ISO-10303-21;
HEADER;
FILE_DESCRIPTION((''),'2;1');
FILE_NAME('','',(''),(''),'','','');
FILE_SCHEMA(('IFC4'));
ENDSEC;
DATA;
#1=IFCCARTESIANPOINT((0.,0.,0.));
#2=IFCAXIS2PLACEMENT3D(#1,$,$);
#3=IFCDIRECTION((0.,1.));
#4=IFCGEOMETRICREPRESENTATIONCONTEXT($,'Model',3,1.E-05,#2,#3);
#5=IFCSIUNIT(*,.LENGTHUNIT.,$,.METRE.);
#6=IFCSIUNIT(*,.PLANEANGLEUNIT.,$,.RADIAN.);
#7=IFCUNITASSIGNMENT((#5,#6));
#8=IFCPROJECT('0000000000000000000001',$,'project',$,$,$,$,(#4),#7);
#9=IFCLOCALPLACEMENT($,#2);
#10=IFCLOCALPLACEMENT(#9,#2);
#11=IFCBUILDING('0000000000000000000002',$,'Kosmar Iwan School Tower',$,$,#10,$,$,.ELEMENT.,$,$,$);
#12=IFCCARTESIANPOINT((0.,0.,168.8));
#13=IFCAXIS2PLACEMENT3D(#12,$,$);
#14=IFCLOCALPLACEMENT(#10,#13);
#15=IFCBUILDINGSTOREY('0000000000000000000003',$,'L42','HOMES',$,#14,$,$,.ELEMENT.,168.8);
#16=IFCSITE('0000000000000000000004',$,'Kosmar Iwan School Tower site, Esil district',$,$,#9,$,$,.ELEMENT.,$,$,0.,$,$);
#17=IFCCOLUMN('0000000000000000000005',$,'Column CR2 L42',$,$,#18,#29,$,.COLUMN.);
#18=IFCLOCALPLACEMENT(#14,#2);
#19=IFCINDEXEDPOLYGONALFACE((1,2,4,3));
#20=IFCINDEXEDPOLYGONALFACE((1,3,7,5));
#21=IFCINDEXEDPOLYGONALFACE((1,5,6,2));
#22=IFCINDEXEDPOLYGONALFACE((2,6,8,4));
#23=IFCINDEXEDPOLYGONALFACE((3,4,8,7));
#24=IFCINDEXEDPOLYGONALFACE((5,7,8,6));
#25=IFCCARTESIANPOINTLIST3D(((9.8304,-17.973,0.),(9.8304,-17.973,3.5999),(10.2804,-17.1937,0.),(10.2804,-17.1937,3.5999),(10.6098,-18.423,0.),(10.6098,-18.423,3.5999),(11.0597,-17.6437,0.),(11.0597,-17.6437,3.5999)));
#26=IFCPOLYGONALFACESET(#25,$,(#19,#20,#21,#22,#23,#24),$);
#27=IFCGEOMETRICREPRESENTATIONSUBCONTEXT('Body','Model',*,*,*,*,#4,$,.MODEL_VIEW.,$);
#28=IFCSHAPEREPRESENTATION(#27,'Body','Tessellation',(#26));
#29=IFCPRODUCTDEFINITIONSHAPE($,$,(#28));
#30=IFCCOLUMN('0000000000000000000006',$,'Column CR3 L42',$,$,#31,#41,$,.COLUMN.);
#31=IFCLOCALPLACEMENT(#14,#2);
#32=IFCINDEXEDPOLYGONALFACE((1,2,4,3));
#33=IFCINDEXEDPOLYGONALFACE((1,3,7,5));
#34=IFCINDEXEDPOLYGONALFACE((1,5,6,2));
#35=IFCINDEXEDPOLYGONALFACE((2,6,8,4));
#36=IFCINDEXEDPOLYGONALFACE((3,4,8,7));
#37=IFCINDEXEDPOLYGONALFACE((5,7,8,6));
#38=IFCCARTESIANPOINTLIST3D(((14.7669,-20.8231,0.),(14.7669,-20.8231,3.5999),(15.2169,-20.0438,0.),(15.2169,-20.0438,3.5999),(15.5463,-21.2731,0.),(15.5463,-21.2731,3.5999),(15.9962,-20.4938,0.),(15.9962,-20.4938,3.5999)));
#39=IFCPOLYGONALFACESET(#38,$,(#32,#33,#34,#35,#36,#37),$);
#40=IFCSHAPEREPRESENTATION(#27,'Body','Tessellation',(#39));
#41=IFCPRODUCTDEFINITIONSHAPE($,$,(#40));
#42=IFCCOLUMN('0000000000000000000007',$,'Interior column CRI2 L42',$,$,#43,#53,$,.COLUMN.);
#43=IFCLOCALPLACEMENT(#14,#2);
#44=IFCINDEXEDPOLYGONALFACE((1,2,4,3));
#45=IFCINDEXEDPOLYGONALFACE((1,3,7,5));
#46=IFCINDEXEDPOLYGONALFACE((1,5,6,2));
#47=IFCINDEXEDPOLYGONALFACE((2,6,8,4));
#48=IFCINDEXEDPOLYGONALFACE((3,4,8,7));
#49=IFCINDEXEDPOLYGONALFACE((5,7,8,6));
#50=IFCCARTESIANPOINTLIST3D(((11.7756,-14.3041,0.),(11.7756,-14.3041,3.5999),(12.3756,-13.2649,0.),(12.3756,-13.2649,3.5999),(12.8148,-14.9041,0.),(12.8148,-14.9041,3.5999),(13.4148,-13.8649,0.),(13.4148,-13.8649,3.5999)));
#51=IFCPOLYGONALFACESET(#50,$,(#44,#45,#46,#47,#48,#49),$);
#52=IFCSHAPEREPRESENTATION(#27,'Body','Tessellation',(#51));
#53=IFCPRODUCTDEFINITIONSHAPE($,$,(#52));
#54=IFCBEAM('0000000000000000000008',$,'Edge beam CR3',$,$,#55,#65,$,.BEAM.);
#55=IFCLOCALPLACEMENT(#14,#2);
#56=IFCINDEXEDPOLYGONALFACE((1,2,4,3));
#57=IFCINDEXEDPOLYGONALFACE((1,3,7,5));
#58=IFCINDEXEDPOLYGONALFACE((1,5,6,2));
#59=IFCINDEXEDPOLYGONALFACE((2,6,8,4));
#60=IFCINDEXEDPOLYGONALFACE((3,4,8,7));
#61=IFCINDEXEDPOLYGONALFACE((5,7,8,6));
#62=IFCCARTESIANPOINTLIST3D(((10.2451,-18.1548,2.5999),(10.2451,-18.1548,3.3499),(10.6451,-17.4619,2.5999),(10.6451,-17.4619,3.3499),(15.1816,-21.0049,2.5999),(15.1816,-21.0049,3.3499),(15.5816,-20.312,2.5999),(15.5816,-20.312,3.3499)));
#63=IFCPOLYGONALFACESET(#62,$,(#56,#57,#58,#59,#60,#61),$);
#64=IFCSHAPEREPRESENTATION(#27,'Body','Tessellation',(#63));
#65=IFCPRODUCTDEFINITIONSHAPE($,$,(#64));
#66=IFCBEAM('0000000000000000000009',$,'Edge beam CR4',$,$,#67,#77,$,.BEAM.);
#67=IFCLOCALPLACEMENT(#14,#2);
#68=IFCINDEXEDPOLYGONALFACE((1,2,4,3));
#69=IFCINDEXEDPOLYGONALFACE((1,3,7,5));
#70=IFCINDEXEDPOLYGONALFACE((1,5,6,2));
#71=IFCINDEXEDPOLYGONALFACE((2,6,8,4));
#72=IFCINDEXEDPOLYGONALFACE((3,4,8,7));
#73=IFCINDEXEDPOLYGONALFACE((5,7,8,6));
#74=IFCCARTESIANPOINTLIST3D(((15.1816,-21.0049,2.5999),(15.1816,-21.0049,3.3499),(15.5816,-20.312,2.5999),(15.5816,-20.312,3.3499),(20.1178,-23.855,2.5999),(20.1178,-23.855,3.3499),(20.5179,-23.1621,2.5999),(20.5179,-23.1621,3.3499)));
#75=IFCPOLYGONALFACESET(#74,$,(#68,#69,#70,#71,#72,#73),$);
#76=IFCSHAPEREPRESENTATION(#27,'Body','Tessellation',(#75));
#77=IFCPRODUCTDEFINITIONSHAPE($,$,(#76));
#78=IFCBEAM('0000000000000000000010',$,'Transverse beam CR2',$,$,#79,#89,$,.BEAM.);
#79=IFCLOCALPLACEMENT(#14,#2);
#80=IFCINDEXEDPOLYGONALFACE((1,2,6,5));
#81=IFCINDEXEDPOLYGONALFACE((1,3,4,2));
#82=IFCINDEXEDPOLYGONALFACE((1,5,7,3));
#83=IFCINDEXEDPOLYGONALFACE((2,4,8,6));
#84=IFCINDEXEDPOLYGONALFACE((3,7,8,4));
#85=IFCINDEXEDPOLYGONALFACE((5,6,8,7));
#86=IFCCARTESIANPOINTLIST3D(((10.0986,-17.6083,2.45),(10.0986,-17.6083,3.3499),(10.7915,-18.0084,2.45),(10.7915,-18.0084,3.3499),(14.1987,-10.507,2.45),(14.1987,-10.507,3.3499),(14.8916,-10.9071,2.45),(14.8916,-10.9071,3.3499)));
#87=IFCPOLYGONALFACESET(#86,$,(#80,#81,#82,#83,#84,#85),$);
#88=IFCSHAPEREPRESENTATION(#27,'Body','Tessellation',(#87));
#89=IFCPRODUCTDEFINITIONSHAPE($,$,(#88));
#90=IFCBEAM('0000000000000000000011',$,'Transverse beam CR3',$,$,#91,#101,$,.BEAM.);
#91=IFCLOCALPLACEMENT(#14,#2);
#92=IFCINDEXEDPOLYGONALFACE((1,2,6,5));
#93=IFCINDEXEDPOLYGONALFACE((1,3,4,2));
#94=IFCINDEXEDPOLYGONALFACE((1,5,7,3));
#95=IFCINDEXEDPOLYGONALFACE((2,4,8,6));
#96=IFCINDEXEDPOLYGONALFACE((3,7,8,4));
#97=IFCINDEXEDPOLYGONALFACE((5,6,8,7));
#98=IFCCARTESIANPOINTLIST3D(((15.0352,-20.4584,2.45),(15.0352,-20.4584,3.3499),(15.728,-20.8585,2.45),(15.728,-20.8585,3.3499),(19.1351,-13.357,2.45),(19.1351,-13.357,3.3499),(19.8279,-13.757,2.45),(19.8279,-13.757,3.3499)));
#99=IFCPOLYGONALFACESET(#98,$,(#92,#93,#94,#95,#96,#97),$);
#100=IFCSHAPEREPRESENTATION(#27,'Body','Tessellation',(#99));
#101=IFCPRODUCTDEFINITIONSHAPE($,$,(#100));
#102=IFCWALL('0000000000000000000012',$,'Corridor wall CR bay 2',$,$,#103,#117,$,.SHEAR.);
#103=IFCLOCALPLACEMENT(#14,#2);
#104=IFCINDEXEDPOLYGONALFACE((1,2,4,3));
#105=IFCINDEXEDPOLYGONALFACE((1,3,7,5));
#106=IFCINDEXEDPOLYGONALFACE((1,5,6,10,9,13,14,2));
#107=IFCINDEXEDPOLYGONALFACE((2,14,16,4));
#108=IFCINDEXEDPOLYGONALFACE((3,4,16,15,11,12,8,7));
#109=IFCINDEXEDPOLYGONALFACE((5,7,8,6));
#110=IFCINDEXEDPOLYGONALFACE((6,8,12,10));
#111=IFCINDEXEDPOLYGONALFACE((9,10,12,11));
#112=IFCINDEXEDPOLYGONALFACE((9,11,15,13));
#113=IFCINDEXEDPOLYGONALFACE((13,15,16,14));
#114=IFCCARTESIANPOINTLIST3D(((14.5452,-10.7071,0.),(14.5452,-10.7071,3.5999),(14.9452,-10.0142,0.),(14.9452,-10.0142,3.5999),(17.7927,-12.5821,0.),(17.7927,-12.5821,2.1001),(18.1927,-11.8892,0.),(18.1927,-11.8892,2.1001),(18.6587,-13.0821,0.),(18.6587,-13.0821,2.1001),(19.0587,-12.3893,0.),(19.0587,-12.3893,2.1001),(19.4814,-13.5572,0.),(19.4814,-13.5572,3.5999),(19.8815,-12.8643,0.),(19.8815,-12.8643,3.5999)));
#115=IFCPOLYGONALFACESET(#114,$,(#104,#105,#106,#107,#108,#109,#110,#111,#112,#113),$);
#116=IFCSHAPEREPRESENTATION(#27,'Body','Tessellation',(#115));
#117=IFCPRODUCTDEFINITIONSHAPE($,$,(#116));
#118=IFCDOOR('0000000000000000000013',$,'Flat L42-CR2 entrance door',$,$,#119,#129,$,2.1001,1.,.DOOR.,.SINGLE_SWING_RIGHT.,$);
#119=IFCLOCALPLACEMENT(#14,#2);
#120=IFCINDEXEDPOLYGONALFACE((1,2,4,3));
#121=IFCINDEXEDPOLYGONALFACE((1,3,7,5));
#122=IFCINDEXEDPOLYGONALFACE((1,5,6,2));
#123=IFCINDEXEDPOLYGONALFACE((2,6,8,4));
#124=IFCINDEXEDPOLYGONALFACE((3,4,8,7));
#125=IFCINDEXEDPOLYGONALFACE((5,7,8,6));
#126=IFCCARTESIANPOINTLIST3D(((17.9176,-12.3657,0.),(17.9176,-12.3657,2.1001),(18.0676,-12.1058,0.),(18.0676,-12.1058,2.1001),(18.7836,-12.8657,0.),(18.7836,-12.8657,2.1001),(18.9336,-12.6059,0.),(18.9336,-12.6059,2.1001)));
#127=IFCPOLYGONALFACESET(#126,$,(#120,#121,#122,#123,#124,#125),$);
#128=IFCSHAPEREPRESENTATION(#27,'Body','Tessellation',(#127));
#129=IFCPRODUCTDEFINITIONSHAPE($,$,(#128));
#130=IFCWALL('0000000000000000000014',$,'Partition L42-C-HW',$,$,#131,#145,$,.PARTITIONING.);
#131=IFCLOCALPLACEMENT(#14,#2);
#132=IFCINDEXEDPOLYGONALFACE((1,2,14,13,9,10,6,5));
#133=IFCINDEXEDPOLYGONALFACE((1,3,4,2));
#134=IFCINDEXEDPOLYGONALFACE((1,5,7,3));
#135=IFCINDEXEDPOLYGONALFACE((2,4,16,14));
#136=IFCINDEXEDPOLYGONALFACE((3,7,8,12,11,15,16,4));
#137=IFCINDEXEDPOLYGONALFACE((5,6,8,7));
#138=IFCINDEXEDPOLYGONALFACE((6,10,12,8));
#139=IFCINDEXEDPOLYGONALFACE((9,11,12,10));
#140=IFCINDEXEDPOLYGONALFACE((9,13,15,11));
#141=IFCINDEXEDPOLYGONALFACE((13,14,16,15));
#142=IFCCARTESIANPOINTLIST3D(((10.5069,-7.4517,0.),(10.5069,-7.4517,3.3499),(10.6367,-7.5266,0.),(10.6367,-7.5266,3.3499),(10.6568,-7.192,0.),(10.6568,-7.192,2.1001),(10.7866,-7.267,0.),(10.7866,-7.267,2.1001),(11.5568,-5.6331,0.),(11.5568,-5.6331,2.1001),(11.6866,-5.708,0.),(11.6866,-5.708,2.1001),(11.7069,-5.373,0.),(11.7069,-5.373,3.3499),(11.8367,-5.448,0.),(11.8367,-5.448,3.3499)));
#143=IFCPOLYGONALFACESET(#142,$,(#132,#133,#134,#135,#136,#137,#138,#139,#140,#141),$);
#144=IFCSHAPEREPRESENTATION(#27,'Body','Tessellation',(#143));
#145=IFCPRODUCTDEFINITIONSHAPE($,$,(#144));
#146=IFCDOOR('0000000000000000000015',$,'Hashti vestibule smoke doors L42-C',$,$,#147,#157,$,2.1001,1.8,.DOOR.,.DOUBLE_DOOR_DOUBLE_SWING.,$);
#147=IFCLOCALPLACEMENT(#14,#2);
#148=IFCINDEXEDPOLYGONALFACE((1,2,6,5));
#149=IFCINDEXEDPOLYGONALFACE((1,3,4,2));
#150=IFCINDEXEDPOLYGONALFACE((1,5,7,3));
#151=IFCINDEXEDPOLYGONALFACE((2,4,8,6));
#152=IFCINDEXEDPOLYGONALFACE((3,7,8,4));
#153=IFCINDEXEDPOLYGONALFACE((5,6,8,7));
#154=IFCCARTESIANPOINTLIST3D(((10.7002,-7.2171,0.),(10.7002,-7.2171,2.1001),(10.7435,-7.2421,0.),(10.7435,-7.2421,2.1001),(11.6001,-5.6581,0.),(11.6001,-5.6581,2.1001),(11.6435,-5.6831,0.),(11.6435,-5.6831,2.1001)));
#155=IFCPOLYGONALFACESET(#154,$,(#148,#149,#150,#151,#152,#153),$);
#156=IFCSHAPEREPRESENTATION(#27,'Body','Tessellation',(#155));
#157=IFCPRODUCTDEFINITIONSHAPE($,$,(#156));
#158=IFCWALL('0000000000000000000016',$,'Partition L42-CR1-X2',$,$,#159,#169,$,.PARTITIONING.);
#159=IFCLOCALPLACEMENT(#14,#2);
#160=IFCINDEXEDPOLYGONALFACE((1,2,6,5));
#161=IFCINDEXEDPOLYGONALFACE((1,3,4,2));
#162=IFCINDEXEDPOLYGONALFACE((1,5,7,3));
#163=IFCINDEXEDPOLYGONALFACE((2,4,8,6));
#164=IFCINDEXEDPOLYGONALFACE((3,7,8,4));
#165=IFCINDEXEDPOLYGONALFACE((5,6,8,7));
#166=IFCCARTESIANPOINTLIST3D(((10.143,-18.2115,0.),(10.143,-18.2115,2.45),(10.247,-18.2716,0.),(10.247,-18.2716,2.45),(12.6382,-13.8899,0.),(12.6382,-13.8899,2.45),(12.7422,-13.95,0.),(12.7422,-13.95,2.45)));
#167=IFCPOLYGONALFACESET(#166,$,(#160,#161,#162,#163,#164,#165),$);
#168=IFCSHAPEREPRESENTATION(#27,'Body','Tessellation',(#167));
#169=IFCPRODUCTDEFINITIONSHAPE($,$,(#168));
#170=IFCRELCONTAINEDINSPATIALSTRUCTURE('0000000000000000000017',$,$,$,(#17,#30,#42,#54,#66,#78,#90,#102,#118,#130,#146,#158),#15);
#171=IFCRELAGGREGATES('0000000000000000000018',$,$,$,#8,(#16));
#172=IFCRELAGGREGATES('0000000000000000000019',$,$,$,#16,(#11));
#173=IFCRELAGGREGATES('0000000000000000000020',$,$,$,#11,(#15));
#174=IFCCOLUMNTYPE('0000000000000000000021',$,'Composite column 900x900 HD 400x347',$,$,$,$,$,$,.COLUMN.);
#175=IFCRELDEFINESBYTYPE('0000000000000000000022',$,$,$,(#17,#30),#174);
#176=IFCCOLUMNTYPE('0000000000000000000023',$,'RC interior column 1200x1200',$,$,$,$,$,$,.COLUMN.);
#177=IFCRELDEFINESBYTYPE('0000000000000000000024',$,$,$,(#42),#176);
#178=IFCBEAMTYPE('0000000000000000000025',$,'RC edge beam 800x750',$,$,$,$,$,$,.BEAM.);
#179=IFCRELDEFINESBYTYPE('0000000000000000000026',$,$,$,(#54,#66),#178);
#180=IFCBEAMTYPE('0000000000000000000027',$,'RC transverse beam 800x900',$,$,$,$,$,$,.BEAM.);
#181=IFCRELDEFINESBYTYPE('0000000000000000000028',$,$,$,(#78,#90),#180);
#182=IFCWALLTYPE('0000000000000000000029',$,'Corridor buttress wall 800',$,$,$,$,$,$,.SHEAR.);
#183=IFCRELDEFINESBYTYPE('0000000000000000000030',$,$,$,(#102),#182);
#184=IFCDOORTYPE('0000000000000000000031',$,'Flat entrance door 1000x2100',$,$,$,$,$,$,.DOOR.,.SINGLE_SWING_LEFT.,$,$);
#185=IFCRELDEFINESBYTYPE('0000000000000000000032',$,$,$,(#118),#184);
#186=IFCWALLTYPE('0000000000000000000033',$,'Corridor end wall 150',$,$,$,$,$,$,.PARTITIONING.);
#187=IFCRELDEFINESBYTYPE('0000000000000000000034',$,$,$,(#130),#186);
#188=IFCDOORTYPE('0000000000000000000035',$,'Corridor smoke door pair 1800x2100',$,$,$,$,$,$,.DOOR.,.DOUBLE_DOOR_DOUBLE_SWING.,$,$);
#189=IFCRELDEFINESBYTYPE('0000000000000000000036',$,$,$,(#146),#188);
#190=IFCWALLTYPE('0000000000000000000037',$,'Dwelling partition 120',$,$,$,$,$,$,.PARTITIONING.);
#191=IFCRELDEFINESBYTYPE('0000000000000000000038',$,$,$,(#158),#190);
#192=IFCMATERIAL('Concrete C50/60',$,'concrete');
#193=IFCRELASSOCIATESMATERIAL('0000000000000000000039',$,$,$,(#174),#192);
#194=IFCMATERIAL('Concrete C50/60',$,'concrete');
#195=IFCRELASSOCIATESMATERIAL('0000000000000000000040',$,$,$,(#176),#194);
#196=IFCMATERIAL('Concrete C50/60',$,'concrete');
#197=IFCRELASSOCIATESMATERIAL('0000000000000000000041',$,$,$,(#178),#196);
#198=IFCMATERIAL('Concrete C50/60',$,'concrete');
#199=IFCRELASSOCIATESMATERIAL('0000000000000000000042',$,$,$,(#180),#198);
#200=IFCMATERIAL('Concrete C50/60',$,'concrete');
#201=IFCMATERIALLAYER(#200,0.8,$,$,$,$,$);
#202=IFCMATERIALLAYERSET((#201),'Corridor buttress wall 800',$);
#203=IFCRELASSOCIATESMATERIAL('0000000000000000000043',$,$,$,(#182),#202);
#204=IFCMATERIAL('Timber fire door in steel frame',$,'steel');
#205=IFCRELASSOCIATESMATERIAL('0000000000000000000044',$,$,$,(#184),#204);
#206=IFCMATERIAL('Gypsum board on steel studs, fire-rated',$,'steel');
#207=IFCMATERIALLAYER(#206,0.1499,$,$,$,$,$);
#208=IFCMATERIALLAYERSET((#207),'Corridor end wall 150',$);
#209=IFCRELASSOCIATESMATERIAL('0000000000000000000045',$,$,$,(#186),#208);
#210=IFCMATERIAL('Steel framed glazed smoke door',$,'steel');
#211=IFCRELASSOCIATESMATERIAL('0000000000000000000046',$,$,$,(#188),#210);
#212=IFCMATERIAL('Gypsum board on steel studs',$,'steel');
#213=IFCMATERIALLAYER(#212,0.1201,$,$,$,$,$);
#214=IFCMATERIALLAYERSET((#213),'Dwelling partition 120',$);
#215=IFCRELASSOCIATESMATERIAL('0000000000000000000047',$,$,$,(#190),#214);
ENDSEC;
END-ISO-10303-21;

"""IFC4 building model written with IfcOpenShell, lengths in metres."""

from ifc_helpers import new_model, si_unit, direction, frame, frame_2d, origin, origin_2d, place, context, subcontext, project, spatial, rectangle, extrude, material, layer, layer_set, material_profile, profile_set, type_object, element, fill, save


model = new_model("IFC4")

# Units and contexts
model_context = context("Model", 3, precision=1e-05, world=origin(), true_north=direction((0.0, 1.0)))
body_context = subcontext(model_context, "Body", "Model", "MODEL_VIEW")
ifc_project = project(units=[si_unit("LENGTHUNIT", "METRE"), si_unit("PLANEANGLEUNIT", "RADIAN")], contexts=[model_context])

# Site, building, storey
site_placement = place(None, origin())
site = spatial("IfcSite", under=ifc_project, at=site_placement, Name="Kosmar Iwan School Tower site, Esil district", CompositionType="ELEMENT", RefElevation=0.0)
building_placement = place(site_placement, origin())
building = spatial("IfcBuilding", under=site, at=building_placement, Name="Kosmar Iwan School Tower", CompositionType="ELEMENT")
storey_placement = place(building_placement, frame((0.0, 0.0, 168.8)))
storey = spatial("IfcBuildingStorey", under=building, at=storey_placement, Name="L42", Description="HOMES", CompositionType="ELEMENT", Elevation=168.8)

# Columns
ifc_material_1 = material(Name="Concrete C50/60", Category="concrete")
ifc_material_profile_1 = material_profile(ifc_material_1, rectangle(XDim=0.8999, YDim=0.8999, at=origin_2d()), Name="RC 900x900 + HD 400x347")
ifc_profile_set_1 = profile_set([ifc_material_profile_1], Name="Concrete C50/60")
column_type_1 = type_object("IfcColumnType", Name="Composite column 900x900 HD 400x347", PredefinedType="COLUMN", material=ifc_profile_set_1)
for number, where, z_axis, x_axis, name in (
    (1, (10.4451, -17.8083, 0.0), (0.0, 0.0, 1.0), (0.866025, -0.5, 0.0), "Column CR2 L42"),
    (2, (15.3816, -20.6584, 0.0), (0.0, 0.0, 1.0), (0.866025, -0.5, 0.0), "Column CR3 L42"),
):
    element("IfcColumn", number, at=place(storey_placement, frame(where, z_axis=z_axis, x_axis=x_axis)), inside=storey, type_object=column_type_1, Name=name, PredefinedType="COLUMN", context=body_context, shape_type="SweptSolid", body=[
        extrude(rectangle(XDim=0.8999, YDim=0.8999, at=origin_2d()), origin(), (0.0, 0.0, 1.0), 3.5999),
    ])
ifc_material_2 = material(Name="Concrete C50/60", Category="concrete")
ifc_material_profile_2 = material_profile(ifc_material_2, rectangle(XDim=1.2, YDim=1.2, at=origin_2d()), Name="RC 1200x1200")
ifc_profile_set_2 = profile_set([ifc_material_profile_2], Name="Concrete C50/60")
column_type_2 = type_object("IfcColumnType", Name="RC interior column 1200x1200", PredefinedType="COLUMN", material=ifc_profile_set_2)
column_placement = place(storey_placement, frame((12.5952, -14.0845, 0.0), z_axis=(0.0, 0.0, 1.0), x_axis=(0.866025, -0.5, 0.0)))
element("IfcColumn", 3, at=column_placement, inside=storey, type_object=column_type_2, Name="Interior column CRI2 L42", PredefinedType="COLUMN", context=body_context, shape_type="SweptSolid", body=[
    extrude(rectangle(XDim=1.2, YDim=1.2, at=origin_2d()), origin(), (0.0, 0.0, 1.0), 3.5999),
])

# Beams
ifc_material_3 = material(Name="Concrete C50/60", Category="concrete")
ifc_material_profile_3 = material_profile(ifc_material_3, rectangle(XDim=0.8, YDim=0.75, at=origin_2d()), Name="RC 800x750")
ifc_profile_set_3 = profile_set([ifc_material_profile_3], Name="Concrete C50/60")
beam_type_1 = type_object("IfcBeamType", Name="RC edge beam 800x750", PredefinedType="BEAM", material=ifc_profile_set_3)
beam_1_placement = place(storey_placement, frame((10.4451, -17.8083, 2.9749), z_axis=(0.866026, -0.499999, 0.0), x_axis=(0.499999, 0.866026, 0.0)))
element("IfcBeam", 4, at=beam_1_placement, inside=storey, type_object=beam_type_1, Name="Edge beam CR3", PredefinedType="BEAM", context=body_context, shape_type="SweptSolid", body=[
    extrude(rectangle(XDim=0.8, YDim=0.75, at=origin_2d()), origin(), (0.0, 0.0, 1.0), 5.7002),
])
beam_2_placement = place(storey_placement, frame((15.3816, -20.6584, 2.9749), z_axis=(0.866015, -0.500018, 0.0), x_axis=(0.500018, 0.866015, 0.0)))
element("IfcBeam", 5, at=beam_2_placement, inside=storey, type_object=beam_type_1, Name="Edge beam CR4", PredefinedType="BEAM", context=body_context, shape_type="SweptSolid", body=[
    extrude(rectangle(XDim=0.8, YDim=0.75, at=origin_2d()), origin(), (0.0, 0.0, 1.0), 5.7),
])
ifc_material_4 = material(Name="Concrete C50/60", Category="concrete")
ifc_material_profile_4 = material_profile(ifc_material_4, rectangle(XDim=0.8, YDim=0.8999, at=origin_2d()), Name="RC 800x900")
ifc_profile_set_4 = profile_set([ifc_material_profile_4], Name="Concrete C50/60")
beam_type_2 = type_object("IfcBeamType", Name="RC transverse beam 800x900", PredefinedType="BEAM", material=ifc_profile_set_4)
for number, where, z_axis, x_axis, name in (
    (6, (10.4451, -17.8083, 2.8999), (0.500014, 0.866018, 0.0), (-0.866018, 0.500014, 0.0), "Transverse beam CR2"),
    (7, (15.3816, -20.6584, 2.8999), (0.499991, 0.86603, 0.0), (-0.86603, 0.499991, 0.0), "Transverse beam CR3"),
):
    element("IfcBeam", number, at=place(storey_placement, frame(where, z_axis=z_axis, x_axis=x_axis)), inside=storey, type_object=beam_type_2, Name=name, PredefinedType="BEAM", context=body_context, shape_type="SweptSolid", body=[
        extrude(rectangle(XDim=0.8, YDim=0.8999, at=origin_2d()), origin(), (0.0, 0.0, 1.0), 8.2),
    ])

# Walls, openings, doors
ifc_material_5 = material(Name="Concrete C50/60", Category="concrete")
ifc_layer_1 = layer(ifc_material_5, 0.8)
ifc_layer_set_1 = layer_set([ifc_layer_1], Name="Corridor buttress wall 800")
wall_type_1 = type_object("IfcWallType", Name="Corridor buttress wall 800", PredefinedType="SHEAR", material=ifc_layer_set_1)
wall_1_placement = place(storey_placement, frame((14.7451, -10.3606, 0.0), z_axis=(0.0, 0.0, 1.0), x_axis=(0.866015, -0.500018, 0.0)))
wall_1 = element("IfcWall", 8, at=wall_1_placement, inside=storey, type_object=wall_type_1, Name="Corridor wall CR bay 2", PredefinedType="SHEAR", context=body_context, shape_type="SweptSolid", body=[
    extrude(rectangle(XDim=5.7, YDim=0.8, at=frame_2d((2.8501, 0.0))), origin(), (0.0, 0.0, 1.0), 3.5999),
])
opening_1_placement = place(wall_1_placement, frame((3.75, 0.0, 0.0)))
opening_1 = element("IfcOpeningElement", 9, at=opening_1_placement, cuts=wall_1, PredefinedType="OPENING", context=body_context, shape_type="SweptSolid", body=[
    extrude(rectangle(XDim=1.0, YDim=2.1001, at=frame_2d((0.5, 1.05))), frame((0.0, 0.4121, 0.0), z_axis=(0.0, -1.0, 0.0), x_axis=(1.0, 0.0, 0.0)), (0.0, 0.0, 1.0), 0.824),
])
ifc_material_6 = material(Name="Timber fire door in steel frame", Category="steel")
door_type_1 = type_object("IfcDoorType", Name="Flat entrance door 1000x2100", OperationType="SINGLE_SWING_LEFT", PredefinedType="DOOR", material=ifc_material_6)
door_1_placement = place(opening_1_placement, origin())
door_1 = element("IfcDoor", 10, at=door_1_placement, inside=storey, type_object=door_type_1, Name="Flat L42-CR2 entrance door", OperationType="SINGLE_SWING_RIGHT", OverallHeight=2.1001, OverallWidth=1.0, PredefinedType="DOOR", context=body_context, shape_type="SweptSolid", body=[
    extrude(rectangle(XDim=1.0, YDim=2.1001, at=frame_2d((0.5, 1.05))), frame((0.0, 0.1499, 0.0), z_axis=(0.0, -1.0, 0.0), x_axis=(1.0, 0.0, 0.0)), (0.0, 0.0, 1.0), 0.3),
])
fill(opening_1, door_1)
ifc_material_7 = material(Name="Gypsum board on steel studs, fire-rated", Category="steel")
ifc_layer_2 = layer(ifc_material_7, 0.1499)
ifc_layer_set_2 = layer_set([ifc_layer_2], Name="Corridor end wall 150")
wall_type_2 = type_object("IfcWallType", Name="Corridor end wall 150", PredefinedType="PARTITIONING", material=ifc_layer_set_2)
wall_2_placement = place(storey_placement, frame((10.5718, -7.4893, 0.0), z_axis=(0.0, 0.0, 1.0), x_axis=(0.499957, 0.86605, 0.0)))
wall_2 = element("IfcWall", 11, at=wall_2_placement, inside=storey, type_object=wall_type_2, Name="Partition L42-C-HW", PredefinedType="PARTITIONING", context=body_context, shape_type="SweptSolid", body=[
    extrude(rectangle(XDim=2.4001, YDim=0.1499, at=frame_2d((1.2002, 0.0))), origin(), (0.0, 0.0, 1.0), 3.3499),
])
opening_2_placement = place(wall_2_placement, frame((0.3, 0.0, 0.0)))
opening_2 = element("IfcOpeningElement", 12, at=opening_2_placement, cuts=wall_2, PredefinedType="OPENING", context=body_context, shape_type="SweptSolid", body=[
    extrude(rectangle(XDim=1.8, YDim=2.1001, at=frame_2d((0.8999, 1.05))), frame((0.0, 0.0869, 0.0), z_axis=(0.0, -1.0, 0.0), x_axis=(1.0, 0.0, 0.0)), (0.0, 0.0, 1.0), 0.1738),
])
ifc_material_8 = material(Name="Steel framed glazed smoke door", Category="steel")
door_type_2 = type_object("IfcDoorType", Name="Corridor smoke door pair 1800x2100", OperationType="DOUBLE_DOOR_DOUBLE_SWING", PredefinedType="DOOR", material=ifc_material_8)
door_2_placement = place(opening_2_placement, origin())
door_2 = element("IfcDoor", 13, at=door_2_placement, inside=storey, type_object=door_type_2, Name="Hashti vestibule smoke doors L42-C", OperationType="DOUBLE_DOOR_DOUBLE_SWING", OverallHeight=2.1001, OverallWidth=1.8, PredefinedType="DOOR", context=body_context, shape_type="SweptSolid", body=[
    extrude(rectangle(XDim=1.8, YDim=2.1001, at=frame_2d((0.8999, 1.05))), frame((0.0, 0.0249, 0.0), z_axis=(0.0, -1.0, 0.0), x_axis=(1.0, 0.0, 0.0)), (0.0, 0.0, 1.0), 0.05),
])
fill(opening_2, door_2)

# Wall
ifc_material_9 = material(Name="Gypsum board on steel studs", Category="steel")
ifc_layer_3 = layer(ifc_material_9, 0.1201)
ifc_layer_set_3 = layer_set([ifc_layer_3], Name="Dwelling partition 120")
wall_type_3 = type_object("IfcWallType", Name="Dwelling partition 120", PredefinedType="PARTITIONING", material=ifc_layer_set_3)
wall_3_placement = place(storey_placement, frame((12.6902, -13.9199, 0.0), z_axis=(0.0, 0.0, 1.0), x_axis=(-0.500012, -0.866019, 0.0)))
element("IfcWall", 14, at=wall_3_placement, inside=storey, type_object=wall_type_3, Name="Partition L42-CR1-X2", PredefinedType="PARTITIONING", context=body_context, shape_type="SweptSolid", body=[
    extrude(rectangle(XDim=4.9902, YDim=0.1201, at=frame_2d((2.4951, 0.0))), origin(), (0.0, 0.0, 1.0), 2.45),
])

save(model, "model.ifc")
